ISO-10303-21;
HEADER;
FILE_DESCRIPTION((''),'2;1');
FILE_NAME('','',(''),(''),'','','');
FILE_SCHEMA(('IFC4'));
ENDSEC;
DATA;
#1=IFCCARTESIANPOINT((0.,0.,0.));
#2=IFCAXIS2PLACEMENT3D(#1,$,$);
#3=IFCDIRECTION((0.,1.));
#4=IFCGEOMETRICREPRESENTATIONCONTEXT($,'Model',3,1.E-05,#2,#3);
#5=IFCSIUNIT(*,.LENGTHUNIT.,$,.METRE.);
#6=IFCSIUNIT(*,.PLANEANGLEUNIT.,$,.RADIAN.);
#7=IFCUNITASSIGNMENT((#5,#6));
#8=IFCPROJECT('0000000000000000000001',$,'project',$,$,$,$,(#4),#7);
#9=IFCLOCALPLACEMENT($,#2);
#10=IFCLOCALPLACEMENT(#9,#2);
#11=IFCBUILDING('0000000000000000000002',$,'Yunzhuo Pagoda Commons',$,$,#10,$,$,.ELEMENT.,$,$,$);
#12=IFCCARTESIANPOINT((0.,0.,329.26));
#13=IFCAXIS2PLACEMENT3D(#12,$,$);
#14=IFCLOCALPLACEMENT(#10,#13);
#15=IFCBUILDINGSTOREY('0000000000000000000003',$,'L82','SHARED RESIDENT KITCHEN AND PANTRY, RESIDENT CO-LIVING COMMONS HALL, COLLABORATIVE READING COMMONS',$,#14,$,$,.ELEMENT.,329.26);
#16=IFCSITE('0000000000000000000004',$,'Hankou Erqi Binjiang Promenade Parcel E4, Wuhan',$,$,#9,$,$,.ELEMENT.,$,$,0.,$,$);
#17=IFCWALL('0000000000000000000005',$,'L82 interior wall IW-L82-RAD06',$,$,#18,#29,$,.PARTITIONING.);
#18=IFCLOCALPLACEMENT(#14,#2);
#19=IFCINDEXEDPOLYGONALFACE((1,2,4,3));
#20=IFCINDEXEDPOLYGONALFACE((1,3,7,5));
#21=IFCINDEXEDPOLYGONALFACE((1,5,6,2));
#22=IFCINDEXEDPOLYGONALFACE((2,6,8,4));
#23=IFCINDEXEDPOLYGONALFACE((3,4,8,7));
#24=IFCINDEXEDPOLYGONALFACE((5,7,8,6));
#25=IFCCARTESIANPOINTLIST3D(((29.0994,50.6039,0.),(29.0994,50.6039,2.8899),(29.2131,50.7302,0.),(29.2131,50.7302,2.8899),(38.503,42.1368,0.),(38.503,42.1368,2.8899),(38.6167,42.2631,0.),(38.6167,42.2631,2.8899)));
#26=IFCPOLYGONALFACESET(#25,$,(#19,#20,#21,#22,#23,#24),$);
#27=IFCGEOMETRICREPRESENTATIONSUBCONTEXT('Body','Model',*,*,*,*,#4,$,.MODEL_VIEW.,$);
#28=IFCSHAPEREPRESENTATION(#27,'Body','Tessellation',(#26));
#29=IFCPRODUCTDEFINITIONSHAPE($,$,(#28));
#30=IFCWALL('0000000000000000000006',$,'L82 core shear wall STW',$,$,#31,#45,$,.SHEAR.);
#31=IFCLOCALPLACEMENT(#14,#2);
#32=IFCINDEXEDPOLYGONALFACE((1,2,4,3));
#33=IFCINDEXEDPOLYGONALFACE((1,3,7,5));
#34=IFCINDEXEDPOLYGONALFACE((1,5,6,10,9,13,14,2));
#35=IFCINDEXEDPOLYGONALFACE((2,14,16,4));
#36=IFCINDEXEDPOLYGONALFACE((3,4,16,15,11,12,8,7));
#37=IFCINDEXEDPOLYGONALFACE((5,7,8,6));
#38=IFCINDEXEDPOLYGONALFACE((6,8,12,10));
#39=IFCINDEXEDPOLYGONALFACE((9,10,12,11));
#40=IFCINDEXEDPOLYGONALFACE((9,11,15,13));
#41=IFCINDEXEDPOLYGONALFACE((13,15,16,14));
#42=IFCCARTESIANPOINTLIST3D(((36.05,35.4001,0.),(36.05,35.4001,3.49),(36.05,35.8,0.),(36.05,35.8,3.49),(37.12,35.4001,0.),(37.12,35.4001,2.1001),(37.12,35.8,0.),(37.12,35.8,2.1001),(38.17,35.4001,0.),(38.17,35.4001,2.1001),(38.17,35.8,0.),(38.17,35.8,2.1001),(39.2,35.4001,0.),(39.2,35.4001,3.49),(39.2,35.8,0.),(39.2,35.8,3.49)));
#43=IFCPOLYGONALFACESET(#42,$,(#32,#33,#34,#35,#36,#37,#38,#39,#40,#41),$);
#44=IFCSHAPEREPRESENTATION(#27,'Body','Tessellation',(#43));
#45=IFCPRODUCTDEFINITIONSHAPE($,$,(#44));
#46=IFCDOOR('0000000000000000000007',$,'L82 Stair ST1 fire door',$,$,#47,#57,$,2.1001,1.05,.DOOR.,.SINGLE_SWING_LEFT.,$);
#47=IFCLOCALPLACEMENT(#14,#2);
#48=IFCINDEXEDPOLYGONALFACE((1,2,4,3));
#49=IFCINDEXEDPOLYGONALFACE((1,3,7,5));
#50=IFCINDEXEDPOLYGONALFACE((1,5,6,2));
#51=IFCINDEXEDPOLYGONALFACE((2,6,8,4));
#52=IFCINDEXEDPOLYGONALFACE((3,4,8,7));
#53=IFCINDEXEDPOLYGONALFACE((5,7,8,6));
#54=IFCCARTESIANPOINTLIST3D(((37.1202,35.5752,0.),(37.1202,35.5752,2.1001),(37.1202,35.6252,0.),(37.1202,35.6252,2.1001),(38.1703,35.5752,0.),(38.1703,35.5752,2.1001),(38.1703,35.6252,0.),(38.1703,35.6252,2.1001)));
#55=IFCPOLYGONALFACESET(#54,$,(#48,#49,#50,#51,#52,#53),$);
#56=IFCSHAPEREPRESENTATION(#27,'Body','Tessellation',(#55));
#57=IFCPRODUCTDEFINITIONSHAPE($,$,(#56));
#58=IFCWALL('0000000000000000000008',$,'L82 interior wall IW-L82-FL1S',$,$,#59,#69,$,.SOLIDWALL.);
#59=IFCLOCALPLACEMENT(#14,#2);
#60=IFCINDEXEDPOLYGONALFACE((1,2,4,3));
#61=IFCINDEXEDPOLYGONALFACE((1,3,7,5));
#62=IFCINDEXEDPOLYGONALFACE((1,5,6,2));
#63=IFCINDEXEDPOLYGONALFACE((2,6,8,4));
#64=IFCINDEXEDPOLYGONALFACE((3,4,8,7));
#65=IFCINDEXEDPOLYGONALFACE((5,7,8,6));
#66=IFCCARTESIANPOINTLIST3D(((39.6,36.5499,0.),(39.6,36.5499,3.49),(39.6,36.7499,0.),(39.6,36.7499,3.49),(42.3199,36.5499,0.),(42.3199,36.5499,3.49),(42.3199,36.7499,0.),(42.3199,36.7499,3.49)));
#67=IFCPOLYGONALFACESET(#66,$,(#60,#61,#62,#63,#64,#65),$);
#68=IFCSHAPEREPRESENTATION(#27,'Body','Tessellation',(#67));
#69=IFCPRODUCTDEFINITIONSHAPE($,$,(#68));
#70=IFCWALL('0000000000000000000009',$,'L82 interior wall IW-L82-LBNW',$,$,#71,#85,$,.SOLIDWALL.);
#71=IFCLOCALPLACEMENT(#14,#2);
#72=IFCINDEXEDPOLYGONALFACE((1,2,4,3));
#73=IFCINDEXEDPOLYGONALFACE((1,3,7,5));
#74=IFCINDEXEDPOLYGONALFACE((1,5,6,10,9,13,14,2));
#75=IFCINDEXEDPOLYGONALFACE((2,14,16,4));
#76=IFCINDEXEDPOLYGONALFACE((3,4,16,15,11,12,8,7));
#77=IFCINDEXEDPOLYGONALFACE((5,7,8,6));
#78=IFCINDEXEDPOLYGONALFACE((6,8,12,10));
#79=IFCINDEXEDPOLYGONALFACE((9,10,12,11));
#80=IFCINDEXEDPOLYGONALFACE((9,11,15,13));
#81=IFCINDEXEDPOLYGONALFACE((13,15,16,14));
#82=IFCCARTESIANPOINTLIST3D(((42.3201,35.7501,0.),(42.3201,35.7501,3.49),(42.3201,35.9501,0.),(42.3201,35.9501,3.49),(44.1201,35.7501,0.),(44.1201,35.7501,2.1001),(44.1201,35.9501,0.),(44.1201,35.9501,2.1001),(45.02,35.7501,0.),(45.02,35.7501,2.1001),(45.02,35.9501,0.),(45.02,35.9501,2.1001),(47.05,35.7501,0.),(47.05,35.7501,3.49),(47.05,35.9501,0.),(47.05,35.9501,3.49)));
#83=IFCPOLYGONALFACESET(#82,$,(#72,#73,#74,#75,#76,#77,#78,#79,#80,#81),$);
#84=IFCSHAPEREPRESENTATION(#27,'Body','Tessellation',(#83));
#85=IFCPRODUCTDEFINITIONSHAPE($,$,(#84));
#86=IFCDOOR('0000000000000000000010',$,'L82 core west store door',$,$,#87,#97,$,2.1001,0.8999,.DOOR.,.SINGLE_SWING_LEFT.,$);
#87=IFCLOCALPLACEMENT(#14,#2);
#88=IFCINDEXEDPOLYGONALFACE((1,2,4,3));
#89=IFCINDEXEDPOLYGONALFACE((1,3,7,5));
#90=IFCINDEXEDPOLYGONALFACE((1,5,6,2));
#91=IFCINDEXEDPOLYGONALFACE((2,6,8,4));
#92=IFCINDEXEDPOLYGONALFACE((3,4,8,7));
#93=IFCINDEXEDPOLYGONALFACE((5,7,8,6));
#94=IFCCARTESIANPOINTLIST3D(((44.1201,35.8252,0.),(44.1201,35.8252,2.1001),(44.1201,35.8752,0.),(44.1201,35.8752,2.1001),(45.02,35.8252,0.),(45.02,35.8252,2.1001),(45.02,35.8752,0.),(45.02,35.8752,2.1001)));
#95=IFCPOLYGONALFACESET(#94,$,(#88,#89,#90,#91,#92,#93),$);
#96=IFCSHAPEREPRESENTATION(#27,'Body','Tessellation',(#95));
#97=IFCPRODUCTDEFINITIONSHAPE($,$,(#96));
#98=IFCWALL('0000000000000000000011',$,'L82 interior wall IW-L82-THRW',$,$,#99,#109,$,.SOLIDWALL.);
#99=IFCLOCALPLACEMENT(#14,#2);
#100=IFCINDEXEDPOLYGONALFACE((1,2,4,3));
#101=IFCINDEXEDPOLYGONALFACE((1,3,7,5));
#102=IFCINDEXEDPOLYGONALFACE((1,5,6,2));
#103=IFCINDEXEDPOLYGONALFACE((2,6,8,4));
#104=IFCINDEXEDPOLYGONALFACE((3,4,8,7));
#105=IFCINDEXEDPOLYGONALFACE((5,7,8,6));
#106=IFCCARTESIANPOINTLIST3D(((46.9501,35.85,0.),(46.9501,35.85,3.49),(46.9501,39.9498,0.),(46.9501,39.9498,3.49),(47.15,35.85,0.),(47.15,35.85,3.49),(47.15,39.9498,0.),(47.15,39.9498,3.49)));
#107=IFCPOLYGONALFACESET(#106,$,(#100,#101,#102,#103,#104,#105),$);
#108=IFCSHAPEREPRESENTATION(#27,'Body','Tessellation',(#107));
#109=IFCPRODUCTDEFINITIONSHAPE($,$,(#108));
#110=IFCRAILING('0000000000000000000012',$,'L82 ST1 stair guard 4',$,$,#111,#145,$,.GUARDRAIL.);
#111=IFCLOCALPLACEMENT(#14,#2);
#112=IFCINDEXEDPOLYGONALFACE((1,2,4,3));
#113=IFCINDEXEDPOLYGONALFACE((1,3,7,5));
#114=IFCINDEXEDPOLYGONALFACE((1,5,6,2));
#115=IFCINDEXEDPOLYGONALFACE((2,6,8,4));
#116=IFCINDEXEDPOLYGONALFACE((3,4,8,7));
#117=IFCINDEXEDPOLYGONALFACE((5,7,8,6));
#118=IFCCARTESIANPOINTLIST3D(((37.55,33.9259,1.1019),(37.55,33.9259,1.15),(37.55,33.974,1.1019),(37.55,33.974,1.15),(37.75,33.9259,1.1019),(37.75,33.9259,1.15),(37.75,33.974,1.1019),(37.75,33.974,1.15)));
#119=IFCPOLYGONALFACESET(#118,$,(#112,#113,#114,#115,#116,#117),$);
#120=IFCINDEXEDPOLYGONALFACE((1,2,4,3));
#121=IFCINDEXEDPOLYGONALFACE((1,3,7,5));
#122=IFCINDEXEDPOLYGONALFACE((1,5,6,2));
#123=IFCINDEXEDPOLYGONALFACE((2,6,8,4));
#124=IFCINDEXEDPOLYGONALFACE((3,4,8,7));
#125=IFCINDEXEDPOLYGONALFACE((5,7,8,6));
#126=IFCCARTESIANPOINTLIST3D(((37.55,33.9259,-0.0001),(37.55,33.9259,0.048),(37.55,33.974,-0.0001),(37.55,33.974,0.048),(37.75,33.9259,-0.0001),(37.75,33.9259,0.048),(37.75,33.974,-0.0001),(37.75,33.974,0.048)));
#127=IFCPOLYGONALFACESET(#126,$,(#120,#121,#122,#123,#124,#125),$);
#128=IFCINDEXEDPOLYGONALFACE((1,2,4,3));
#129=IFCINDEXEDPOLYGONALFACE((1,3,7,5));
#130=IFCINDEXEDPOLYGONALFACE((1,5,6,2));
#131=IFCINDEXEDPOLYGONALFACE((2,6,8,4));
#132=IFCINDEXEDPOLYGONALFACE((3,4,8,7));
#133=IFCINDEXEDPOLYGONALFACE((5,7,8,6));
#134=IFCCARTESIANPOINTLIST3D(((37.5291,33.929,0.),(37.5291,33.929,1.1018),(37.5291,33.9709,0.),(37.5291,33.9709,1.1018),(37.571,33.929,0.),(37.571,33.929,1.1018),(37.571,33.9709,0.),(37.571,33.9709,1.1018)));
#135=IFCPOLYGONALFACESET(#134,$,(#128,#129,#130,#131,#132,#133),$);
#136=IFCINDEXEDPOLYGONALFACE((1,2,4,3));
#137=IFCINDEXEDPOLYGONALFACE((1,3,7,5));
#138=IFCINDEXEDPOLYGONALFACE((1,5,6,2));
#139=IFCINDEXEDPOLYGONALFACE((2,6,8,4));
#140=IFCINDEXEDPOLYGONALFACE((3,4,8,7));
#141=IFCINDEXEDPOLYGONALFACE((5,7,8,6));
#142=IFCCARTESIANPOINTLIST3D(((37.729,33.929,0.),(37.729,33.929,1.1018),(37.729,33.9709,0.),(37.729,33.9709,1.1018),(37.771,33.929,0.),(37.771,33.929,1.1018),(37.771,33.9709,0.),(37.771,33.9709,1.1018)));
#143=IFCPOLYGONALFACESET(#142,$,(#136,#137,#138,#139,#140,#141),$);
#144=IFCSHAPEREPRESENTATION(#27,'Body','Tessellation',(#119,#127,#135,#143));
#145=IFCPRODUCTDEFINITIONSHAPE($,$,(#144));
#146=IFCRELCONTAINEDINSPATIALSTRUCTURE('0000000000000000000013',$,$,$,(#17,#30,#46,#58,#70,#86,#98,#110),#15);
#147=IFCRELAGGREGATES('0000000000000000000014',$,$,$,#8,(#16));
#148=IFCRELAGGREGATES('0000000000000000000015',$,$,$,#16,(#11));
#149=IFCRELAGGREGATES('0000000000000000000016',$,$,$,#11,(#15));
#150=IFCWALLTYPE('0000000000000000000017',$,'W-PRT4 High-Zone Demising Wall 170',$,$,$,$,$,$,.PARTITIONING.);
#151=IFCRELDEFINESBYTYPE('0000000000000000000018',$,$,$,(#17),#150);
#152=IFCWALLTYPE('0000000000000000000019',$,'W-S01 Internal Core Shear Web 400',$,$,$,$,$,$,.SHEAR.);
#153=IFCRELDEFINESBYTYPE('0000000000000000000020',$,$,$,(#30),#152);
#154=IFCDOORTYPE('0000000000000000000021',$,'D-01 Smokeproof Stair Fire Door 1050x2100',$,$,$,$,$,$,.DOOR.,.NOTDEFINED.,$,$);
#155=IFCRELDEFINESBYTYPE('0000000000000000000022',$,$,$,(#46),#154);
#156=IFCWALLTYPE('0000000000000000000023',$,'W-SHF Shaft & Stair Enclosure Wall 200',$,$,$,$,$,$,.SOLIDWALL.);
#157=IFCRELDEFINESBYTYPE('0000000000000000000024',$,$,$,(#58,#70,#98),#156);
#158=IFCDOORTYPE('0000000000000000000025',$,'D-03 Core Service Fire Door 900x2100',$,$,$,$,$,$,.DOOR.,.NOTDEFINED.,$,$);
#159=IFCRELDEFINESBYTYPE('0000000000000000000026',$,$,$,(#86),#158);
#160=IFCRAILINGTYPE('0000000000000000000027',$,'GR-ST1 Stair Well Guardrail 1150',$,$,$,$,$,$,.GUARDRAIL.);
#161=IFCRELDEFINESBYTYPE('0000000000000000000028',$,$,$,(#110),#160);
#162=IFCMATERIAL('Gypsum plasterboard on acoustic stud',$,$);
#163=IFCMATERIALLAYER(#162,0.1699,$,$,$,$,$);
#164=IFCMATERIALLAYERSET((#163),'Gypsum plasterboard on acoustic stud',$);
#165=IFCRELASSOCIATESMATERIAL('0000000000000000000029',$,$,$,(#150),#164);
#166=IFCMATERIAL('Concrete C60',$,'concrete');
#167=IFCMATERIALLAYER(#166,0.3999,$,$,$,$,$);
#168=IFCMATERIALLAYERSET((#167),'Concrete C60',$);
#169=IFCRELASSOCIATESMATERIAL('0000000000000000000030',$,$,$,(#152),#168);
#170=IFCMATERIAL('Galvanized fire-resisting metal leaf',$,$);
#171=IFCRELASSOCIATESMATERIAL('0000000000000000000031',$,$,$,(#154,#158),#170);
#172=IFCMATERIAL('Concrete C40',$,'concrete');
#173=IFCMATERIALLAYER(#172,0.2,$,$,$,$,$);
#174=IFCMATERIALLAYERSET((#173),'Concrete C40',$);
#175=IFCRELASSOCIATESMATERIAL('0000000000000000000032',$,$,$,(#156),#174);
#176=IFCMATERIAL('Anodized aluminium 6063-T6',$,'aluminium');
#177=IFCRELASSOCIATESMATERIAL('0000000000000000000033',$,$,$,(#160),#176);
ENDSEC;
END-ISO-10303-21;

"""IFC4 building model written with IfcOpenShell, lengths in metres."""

from ifc_helpers import new_model, si_unit, direction, frame, frame_2d, origin, origin_2d, place, context, subcontext, project, spatial, rectangle, extrude, source, transform, mapped, material, layer, layer_set, type_object, element, fill, save


model = new_model("IFC4")

# Units and contexts
model_context = context("Model", 3, precision=1e-05, world=origin(), true_north=direction((0.0, 1.0)))
body_context = subcontext(model_context, "Body", "Model", "MODEL_VIEW")
ifc_project = project(units=[si_unit("LENGTHUNIT", "METRE"), si_unit("PLANEANGLEUNIT", "RADIAN")], contexts=[model_context])

# Site, building, storey
site_placement = place(None, origin())
site = spatial("IfcSite", under=ifc_project, at=site_placement, Name="Hankou Erqi Binjiang Promenade Parcel E4, Wuhan", CompositionType="ELEMENT", RefElevation=0.0)
building_placement = place(site_placement, origin())
building = spatial("IfcBuilding", under=site, at=building_placement, Name="Yunzhuo Pagoda Commons", CompositionType="ELEMENT")
storey_placement = place(building_placement, frame((0.0, 0.0, 329.26)))
storey = spatial("IfcBuildingStorey", under=building, at=storey_placement, Name="L82", Description="SHARED RESIDENT KITCHEN AND PANTRY, RESIDENT CO-LIVING COMMONS HALL, COLLABORATIVE READING COMMONS", CompositionType="ELEMENT", Elevation=329.26)

# Shared definitions
ifc_material_1 = material(Name="Galvanized fire-resisting metal leaf")
shared_shape_1 = source(origin(), body_context, "Body", "SweptSolid", [
    extrude(rectangle(XDim=1.05, YDim=2.1001, at=frame_2d((0.5249, 1.05))), frame((0.0, 0.0249, 0.0), z_axis=(0.0, -1.0, 0.0), x_axis=(1.0, 0.0, 0.0)), (0.0, 0.0, 1.0), 0.05),
])
ifc_material_2 = material(Name="Gypsum plasterboard on acoustic stud")

# Wall
ifc_layer_1 = layer(ifc_material_2, 0.1699)
ifc_layer_set_1 = layer_set([ifc_layer_1], Name="Gypsum plasterboard on acoustic stud")
wall_type_1 = type_object("IfcWallType", Name="W-PRT4 High-Zone Demising Wall 170", PredefinedType="PARTITIONING", material=ifc_layer_set_1)
wall_1_placement = place(storey_placement, frame((38.5598, 42.2, 0.0), z_axis=(0.0, 0.0, 1.0), x_axis=(-0.743144, 0.669132, 0.0)))
element("IfcWall", 1, at=wall_1_placement, inside=storey, type_object=wall_type_1, Name="L82 interior wall IW-L82-RAD06", PredefinedType="PARTITIONING", context=body_context, shape_type="SweptSolid", body=[
    extrude(rectangle(XDim=12.6538, YDim=0.1699, at=frame_2d((6.3269, 0.0))), origin(), (0.0, 0.0, 1.0), 2.8899),
])

# Wall, opening, door
ifc_material_3 = material(Name="Concrete C60", Category="concrete")
ifc_layer_2 = layer(ifc_material_3, 0.3999)
ifc_layer_set_2 = layer_set([ifc_layer_2], Name="Concrete C60")
wall_type_2 = type_object("IfcWallType", Name="W-S01 Internal Core Shear Web 400", PredefinedType="SHEAR", material=ifc_layer_set_2)
wall_2_placement = place(storey_placement, frame((36.05, 35.6001, 0.0), z_axis=(0.0, 0.0, 1.0), x_axis=(1.0, 0.0, 0.0)))
wall_2 = element("IfcWall", 2, at=wall_2_placement, inside=storey, type_object=wall_type_2, Name="L82 core shear wall STW", PredefinedType="SHEAR", context=body_context, shape_type="SweptSolid", body=[
    extrude(rectangle(XDim=3.1499, YDim=0.3999, at=frame_2d((1.575, 0.0))), origin(), (0.0, 0.0, 1.0), 3.49),
])
opening_1_placement = place(wall_2_placement, frame((1.0701, 0.0, 0.0)))
opening_1 = element("IfcOpeningElement", 3, at=opening_1_placement, cuts=wall_2, PredefinedType="OPENING", context=body_context, shape_type="SweptSolid", body=[
    extrude(rectangle(XDim=1.05, YDim=2.1001, at=frame_2d((0.5249, 1.05))), frame((0.0, 0.21, 0.0), z_axis=(0.0, -1.0, 0.0), x_axis=(1.0, 0.0, 0.0)), (0.0, 0.0, 1.0), 0.4199),
])
door_type_1 = type_object("IfcDoorType", Name="D-01 Smokeproof Stair Fire Door 1050x2100", OperationType="NOTDEFINED", PredefinedType="DOOR", material=ifc_material_1)
door_1_placement = place(opening_1_placement, frame((1.05, 0.0, 0.0), z_axis=(0.0, 0.0, 1.0), x_axis=(-1.0, 0.0, 0.0)))
door_1 = element("IfcDoor", 4, at=door_1_placement, inside=storey, type_object=door_type_1, Name="L82 Stair ST1 fire door", OperationType="SINGLE_SWING_LEFT", OverallHeight=2.1001, OverallWidth=1.05, PredefinedType="DOOR", context=body_context, shape_type="MappedRepresentation", body=[
    mapped(shared_shape_1, transform((0.0, 0.0, 0.0), scale=1.0)),
])
fill(opening_1, door_1)

# Wall
ifc_material_4 = material(Name="Concrete C40", Category="concrete")
ifc_layer_3 = layer(ifc_material_4, 0.2)
ifc_layer_set_3 = layer_set([ifc_layer_3], Name="Concrete C40")
wall_type_3 = type_object("IfcWallType", Name="W-SHF Shaft & Stair Enclosure Wall 200", PredefinedType="SOLIDWALL", material=ifc_layer_set_3)
wall_3_placement = place(storey_placement, frame((39.6001, 36.6499, 0.0), z_axis=(0.0, 0.0, 1.0), x_axis=(1.0, 0.0, 0.0)))
element("IfcWall", 5, at=wall_3_placement, inside=storey, type_object=wall_type_3, Name="L82 interior wall IW-L82-FL1S", PredefinedType="SOLIDWALL", context=body_context, shape_type="SweptSolid", body=[
    extrude(rectangle(XDim=2.72, YDim=0.2, at=frame_2d((1.3599, 0.0))), origin(), (0.0, 0.0, 1.0), 3.49),
])

# Wall, opening, door
wall_4_placement = place(storey_placement, frame((42.3201, 35.8501, 0.0), z_axis=(0.0, 0.0, 1.0), x_axis=(1.0, 0.0, 0.0)))
wall_4 = element("IfcWall", 6, at=wall_4_placement, inside=storey, type_object=wall_type_3, Name="L82 interior wall IW-L82-LBNW", PredefinedType="SOLIDWALL", context=body_context, shape_type="SweptSolid", body=[
    extrude(rectangle(XDim=4.73, YDim=0.2, at=frame_2d((2.365, 0.0))), origin(), (0.0, 0.0, 1.0), 3.49),
])
opening_2_placement = place(wall_4_placement, frame((1.8, 0.0, 0.0)))
opening_2 = element("IfcOpeningElement", 7, at=opening_2_placement, cuts=wall_4, PredefinedType="OPENING", context=body_context, shape_type="SweptSolid", body=[
    extrude(rectangle(XDim=0.8999, YDim=2.1001, at=frame_2d((0.45, 1.05))), frame((0.0, 0.1099, 0.0), z_axis=(0.0, -1.0, 0.0), x_axis=(1.0, 0.0, 0.0)), (0.0, 0.0, 1.0), 0.22),
])
door_type_2 = type_object("IfcDoorType", Name="D-03 Core Service Fire Door 900x2100", OperationType="NOTDEFINED", PredefinedType="DOOR", material=ifc_material_1)
shared_shape_2 = source(origin(), body_context, "Body", "SweptSolid", [
    extrude(rectangle(XDim=0.8999, YDim=2.1001, at=frame_2d((0.45, 1.05))), frame((0.0, 0.0249, 0.0), z_axis=(0.0, -1.0, 0.0), x_axis=(1.0, 0.0, 0.0)), (0.0, 0.0, 1.0), 0.05),
])
door_2_placement = place(opening_2_placement, frame((0.8999, 0.0, 0.0), z_axis=(0.0, 0.0, 1.0), x_axis=(-1.0, 0.0, 0.0)))
door_2 = element("IfcDoor", 8, at=door_2_placement, inside=storey, type_object=door_type_2, Name="L82 core west store door", OperationType="SINGLE_SWING_LEFT", OverallHeight=2.1001, OverallWidth=0.8999, PredefinedType="DOOR", context=body_context, shape_type="MappedRepresentation", body=[
    mapped(shared_shape_2, transform((0.0, 0.0, 0.0), scale=1.0)),
])
fill(opening_2, door_2)

# Wall
wall_5_placement = place(storey_placement, frame((47.05, 35.8501, 0.0), z_axis=(0.0, 0.0, 1.0), x_axis=(0.0, 1.0, 0.0)))
element("IfcWall", 9, at=wall_5_placement, inside=storey, type_object=wall_type_3, Name="L82 interior wall IW-L82-THRW", PredefinedType="SOLIDWALL", context=body_context, shape_type="SweptSolid", body=[
    extrude(rectangle(XDim=4.0999, YDim=0.2, at=frame_2d((2.0498, 0.0))), origin(), (0.0, 0.0, 1.0), 3.49),
])

# Railing
ifc_material_5 = material(Name="Anodized aluminium 6063-T6", Category="aluminium")
railing_type = type_object("IfcRailingType", Name="GR-ST1 Stair Well Guardrail 1150", PredefinedType="GUARDRAIL", material=ifc_material_5)
railing_placement = place(storey_placement, frame((37.55, 33.95, 0.0)))
element("IfcRailing", 10, at=railing_placement, inside=storey, type_object=railing_type, Name="L82 ST1 stair guard 4", PredefinedType="GUARDRAIL", context=body_context, shape_type="SweptSolid", body=[
    extrude(rectangle(XDim=0.0481, YDim=0.0481, at=origin_2d()), frame((0.0, 0.0, 1.126), z_axis=(1.0, 0.0, 0.0), x_axis=(0.0, 1.0, 0.0)), (0.0, 0.0, 1.0), 0.2),
    extrude(rectangle(XDim=0.0481, YDim=0.0481, at=origin_2d()), frame((0.0, 0.0, 0.0239), z_axis=(1.0, 0.0, 0.0), x_axis=(0.0, 1.0, 0.0)), (0.0, 0.0, 1.0), 0.2),
    extrude(rectangle(XDim=0.042, YDim=0.042, at=origin_2d()), origin(), (0.0, 0.0, 1.0), 1.1018),
    extrude(rectangle(XDim=0.042, YDim=0.042, at=origin_2d()), frame((0.2, 0.0, 0.0)), (0.0, 0.0, 1.0), 1.1018),
])

save(model, "model.ifc")
